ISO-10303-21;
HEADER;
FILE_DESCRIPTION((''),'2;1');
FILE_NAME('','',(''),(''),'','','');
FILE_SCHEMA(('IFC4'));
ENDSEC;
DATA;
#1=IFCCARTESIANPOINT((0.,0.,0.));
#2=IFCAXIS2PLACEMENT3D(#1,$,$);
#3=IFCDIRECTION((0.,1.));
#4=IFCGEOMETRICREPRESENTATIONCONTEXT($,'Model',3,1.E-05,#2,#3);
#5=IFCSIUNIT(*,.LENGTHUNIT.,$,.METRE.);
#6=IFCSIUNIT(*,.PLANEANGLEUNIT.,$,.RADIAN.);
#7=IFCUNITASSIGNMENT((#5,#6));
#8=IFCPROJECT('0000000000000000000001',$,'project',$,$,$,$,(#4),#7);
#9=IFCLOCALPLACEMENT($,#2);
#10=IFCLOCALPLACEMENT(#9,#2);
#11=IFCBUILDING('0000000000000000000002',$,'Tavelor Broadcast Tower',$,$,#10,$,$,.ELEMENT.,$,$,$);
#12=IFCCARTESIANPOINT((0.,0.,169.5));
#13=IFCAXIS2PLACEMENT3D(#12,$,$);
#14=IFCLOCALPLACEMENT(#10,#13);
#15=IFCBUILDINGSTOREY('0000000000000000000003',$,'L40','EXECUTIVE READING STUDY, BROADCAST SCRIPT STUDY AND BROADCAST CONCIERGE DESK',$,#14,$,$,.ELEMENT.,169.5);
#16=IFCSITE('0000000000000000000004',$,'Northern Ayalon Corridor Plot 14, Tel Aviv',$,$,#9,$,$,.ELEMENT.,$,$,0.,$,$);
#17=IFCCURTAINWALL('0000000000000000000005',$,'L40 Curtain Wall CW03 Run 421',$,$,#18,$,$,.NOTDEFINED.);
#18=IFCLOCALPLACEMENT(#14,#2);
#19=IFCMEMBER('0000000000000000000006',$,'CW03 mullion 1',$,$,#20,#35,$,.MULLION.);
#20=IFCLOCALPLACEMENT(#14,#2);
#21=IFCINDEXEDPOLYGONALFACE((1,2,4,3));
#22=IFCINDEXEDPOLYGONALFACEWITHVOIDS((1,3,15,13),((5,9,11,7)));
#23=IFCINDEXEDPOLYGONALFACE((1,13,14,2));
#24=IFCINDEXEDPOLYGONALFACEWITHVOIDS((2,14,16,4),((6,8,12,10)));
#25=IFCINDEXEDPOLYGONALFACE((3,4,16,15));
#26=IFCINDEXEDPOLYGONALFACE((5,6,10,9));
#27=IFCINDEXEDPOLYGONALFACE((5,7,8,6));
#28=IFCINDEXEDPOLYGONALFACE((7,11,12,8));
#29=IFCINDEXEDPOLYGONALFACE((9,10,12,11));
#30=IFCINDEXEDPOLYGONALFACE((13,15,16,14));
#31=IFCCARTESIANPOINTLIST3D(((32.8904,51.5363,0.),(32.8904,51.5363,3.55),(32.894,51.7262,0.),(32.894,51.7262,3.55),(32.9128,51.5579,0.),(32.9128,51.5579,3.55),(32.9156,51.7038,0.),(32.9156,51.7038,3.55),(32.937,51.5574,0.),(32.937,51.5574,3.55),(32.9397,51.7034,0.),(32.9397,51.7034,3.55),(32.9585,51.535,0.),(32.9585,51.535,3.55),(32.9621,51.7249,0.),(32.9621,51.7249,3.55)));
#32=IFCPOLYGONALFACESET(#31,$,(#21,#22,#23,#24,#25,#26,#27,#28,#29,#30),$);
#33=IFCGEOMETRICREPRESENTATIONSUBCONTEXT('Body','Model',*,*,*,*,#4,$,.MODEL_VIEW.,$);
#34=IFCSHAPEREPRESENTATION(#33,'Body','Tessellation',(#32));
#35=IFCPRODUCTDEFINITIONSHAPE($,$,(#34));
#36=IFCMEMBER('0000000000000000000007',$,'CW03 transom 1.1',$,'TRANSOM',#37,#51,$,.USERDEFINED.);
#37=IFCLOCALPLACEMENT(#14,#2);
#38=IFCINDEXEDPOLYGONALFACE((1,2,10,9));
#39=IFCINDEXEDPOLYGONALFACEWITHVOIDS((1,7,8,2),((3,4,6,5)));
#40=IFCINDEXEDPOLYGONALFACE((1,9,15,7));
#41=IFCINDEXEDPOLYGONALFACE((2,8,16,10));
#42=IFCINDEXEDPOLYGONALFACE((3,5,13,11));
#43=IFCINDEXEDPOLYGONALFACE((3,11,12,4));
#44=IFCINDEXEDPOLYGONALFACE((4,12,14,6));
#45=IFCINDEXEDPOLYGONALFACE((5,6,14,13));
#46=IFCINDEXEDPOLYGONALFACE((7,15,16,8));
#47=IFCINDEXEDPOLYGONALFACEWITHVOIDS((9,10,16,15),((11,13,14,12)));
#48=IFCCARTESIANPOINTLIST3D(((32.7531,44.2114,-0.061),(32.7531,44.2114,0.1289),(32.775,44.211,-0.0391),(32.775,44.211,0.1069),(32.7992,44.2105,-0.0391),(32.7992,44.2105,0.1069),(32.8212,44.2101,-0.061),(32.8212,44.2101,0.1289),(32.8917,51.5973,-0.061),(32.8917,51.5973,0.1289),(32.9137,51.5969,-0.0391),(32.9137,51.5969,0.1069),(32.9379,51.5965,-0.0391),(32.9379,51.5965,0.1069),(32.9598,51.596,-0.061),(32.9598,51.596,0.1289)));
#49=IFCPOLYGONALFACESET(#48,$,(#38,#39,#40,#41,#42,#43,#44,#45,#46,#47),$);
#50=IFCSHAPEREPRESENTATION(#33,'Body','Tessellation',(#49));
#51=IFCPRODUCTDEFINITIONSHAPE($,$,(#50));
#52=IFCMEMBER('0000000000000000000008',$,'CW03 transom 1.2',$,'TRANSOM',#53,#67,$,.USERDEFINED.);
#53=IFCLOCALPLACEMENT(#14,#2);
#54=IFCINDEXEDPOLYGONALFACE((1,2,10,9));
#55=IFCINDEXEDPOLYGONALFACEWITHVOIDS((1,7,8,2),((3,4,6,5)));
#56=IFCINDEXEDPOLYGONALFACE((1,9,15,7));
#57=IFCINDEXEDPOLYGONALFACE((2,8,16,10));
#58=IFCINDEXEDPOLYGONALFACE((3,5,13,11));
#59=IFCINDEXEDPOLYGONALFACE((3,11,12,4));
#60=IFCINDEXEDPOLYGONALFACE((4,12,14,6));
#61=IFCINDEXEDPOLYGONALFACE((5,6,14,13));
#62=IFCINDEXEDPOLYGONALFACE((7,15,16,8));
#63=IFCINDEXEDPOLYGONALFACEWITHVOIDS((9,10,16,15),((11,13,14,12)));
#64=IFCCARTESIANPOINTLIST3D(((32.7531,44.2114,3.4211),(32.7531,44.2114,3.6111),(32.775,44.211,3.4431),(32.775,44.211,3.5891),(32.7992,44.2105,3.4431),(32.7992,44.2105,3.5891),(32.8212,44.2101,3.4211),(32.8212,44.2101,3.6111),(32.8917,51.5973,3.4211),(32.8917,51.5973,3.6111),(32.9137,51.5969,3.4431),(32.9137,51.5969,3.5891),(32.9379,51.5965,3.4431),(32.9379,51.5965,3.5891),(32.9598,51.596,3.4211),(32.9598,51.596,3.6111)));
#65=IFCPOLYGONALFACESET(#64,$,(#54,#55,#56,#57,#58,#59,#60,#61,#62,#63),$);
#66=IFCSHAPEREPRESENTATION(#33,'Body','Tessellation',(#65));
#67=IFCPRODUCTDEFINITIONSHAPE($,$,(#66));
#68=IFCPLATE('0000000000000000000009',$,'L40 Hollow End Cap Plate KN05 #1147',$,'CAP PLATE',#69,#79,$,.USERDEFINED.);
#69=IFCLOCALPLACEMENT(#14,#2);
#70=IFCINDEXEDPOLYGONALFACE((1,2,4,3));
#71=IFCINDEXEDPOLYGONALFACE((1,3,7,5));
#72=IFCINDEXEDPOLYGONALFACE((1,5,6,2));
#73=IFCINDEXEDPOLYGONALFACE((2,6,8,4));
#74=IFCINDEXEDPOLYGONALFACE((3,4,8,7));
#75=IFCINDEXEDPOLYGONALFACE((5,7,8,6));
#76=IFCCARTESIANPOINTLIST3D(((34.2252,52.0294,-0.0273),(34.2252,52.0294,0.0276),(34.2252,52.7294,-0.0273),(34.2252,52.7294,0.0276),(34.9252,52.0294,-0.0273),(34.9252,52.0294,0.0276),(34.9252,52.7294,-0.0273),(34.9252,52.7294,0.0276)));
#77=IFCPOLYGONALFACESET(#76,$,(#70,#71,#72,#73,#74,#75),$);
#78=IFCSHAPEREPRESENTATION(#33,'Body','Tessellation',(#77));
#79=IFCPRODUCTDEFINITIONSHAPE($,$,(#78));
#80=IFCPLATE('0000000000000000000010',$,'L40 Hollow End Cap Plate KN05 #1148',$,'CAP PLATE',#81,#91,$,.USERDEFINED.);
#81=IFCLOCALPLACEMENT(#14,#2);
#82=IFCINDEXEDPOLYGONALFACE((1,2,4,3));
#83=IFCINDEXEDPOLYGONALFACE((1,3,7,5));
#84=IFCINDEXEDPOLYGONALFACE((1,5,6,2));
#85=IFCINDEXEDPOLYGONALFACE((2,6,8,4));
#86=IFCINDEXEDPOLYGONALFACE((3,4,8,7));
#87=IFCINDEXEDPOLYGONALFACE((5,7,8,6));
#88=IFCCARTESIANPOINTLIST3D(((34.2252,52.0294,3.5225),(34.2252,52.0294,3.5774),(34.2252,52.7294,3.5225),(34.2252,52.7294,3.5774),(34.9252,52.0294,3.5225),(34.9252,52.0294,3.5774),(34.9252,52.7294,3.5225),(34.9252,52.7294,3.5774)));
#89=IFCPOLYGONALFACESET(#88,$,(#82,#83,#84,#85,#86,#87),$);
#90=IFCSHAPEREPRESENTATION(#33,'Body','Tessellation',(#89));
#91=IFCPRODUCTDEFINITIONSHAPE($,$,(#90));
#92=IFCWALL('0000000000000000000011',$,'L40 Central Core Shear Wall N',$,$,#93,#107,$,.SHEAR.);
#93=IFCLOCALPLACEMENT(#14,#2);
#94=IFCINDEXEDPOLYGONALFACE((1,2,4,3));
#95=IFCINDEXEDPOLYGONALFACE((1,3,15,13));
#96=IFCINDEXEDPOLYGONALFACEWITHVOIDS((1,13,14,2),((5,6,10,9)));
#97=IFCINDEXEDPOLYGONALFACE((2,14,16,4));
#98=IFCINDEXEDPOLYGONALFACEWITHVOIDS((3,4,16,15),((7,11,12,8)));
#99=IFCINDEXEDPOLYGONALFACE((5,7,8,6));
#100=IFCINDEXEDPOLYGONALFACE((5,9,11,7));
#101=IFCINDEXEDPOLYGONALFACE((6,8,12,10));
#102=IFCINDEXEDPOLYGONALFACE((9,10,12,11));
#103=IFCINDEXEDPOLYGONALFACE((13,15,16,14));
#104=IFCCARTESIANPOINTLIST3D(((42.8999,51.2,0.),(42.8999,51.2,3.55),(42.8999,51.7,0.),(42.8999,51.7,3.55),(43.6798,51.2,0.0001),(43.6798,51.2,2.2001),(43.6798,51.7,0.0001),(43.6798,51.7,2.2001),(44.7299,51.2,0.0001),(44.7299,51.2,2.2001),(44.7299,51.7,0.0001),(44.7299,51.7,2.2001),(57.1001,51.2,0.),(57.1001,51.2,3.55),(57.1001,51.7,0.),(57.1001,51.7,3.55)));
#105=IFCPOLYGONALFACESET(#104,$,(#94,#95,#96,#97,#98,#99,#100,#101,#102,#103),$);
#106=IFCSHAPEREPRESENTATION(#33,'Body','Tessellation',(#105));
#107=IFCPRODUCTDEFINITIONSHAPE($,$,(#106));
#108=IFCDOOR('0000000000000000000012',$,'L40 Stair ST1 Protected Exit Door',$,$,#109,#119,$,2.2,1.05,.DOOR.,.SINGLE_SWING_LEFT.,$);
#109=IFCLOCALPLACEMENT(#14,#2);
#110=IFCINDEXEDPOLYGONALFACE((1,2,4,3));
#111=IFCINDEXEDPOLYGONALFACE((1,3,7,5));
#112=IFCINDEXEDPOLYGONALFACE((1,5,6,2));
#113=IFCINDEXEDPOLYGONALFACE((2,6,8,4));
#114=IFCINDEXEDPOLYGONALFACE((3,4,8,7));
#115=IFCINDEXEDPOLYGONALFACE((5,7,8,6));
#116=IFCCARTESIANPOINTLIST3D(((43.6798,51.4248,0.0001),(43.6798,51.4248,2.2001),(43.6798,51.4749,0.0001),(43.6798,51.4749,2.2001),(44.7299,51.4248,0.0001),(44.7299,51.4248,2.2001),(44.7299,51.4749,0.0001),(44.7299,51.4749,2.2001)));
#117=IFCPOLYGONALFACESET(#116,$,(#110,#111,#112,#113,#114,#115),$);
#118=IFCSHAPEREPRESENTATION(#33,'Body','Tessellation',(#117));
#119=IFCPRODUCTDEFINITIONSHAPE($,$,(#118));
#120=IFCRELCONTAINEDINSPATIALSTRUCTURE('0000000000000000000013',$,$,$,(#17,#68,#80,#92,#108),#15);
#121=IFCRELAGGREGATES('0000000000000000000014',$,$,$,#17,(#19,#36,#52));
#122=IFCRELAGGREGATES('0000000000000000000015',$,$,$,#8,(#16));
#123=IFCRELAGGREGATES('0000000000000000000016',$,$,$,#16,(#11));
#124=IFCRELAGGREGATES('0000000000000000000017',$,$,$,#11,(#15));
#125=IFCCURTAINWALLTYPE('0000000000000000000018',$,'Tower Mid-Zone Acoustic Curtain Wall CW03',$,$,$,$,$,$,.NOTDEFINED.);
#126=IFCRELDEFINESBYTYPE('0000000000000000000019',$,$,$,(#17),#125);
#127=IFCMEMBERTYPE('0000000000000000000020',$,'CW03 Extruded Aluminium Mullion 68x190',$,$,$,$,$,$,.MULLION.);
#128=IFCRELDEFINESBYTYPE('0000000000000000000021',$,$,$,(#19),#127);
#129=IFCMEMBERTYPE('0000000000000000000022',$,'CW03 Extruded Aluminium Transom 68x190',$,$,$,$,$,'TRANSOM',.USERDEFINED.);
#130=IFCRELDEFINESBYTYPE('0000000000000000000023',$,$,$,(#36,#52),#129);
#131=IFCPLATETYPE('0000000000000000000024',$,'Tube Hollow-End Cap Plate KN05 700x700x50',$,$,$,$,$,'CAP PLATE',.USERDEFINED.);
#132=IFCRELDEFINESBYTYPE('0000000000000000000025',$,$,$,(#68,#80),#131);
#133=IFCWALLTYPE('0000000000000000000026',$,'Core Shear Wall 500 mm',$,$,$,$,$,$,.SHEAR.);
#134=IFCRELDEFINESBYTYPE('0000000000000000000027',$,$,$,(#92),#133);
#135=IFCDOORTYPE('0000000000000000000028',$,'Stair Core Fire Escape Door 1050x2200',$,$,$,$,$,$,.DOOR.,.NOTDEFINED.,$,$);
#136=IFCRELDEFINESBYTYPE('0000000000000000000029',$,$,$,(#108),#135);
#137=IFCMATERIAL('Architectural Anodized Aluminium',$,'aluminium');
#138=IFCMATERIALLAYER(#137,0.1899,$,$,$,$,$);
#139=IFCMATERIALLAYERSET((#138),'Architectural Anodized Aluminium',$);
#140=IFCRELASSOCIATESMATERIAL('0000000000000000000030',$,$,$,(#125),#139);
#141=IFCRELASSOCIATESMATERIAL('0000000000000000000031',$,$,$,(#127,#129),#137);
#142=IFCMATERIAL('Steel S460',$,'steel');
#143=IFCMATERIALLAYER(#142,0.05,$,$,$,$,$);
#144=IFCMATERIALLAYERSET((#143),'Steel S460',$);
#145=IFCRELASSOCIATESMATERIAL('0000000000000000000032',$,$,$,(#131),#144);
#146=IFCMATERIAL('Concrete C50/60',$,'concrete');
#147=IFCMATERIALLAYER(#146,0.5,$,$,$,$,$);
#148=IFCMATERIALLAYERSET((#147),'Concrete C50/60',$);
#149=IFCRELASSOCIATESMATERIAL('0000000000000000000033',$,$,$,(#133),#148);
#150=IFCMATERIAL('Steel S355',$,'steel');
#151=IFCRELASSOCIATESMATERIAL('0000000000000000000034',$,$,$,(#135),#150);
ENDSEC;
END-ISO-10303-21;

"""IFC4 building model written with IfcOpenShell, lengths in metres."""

from ifc_helpers import new_model, si_unit, direction, frame, frame_2d, origin, origin_2d, place, context, subcontext, project, spatial, rectangle, hollow_rectangle, extrude, source, transform, mapped, material, layer, layer_set, material_profile, profile_set, type_object, type_shapes, element, fill, aggregate, save


model = new_model("IFC4")

# Units and contexts
model_context = context("Model", 3, precision=1e-05, world=origin(), true_north=direction((0.0, 1.0)))
body_context = subcontext(model_context, "Body", "Model", "MODEL_VIEW")
ifc_project = project(units=[si_unit("LENGTHUNIT", "METRE"), si_unit("PLANEANGLEUNIT", "RADIAN")], contexts=[model_context])

# Site, building, storey
site_placement = place(None, origin())
site = spatial("IfcSite", under=ifc_project, at=site_placement, Name="Northern Ayalon Corridor Plot 14, Tel Aviv", CompositionType="ELEMENT", RefElevation=0.0)
building_placement = place(site_placement, origin())
building = spatial("IfcBuilding", under=site, at=building_placement, Name="Tavelor Broadcast Tower", CompositionType="ELEMENT")
storey_placement = place(building_placement, frame((0.0, 0.0, 169.5)))
storey = spatial("IfcBuildingStorey", under=building, at=storey_placement, Name="L40", Description="EXECUTIVE READING STUDY, BROADCAST SCRIPT STUDY AND BROADCAST CONCIERGE DESK", CompositionType="ELEMENT", Elevation=169.5)

# Shared definitions
ifc_material_1 = material(Name="Steel S460", Category="steel")

# Shared definitions
ifc_material_2 = material(Name="Steel S355", Category="steel")

# Curtain wall, members
ifc_material_3 = material(Name="Architectural Anodized Aluminium", Category="aluminium")
ifc_layer_1 = layer(ifc_material_3, 0.1899)
ifc_layer_set_1 = layer_set([ifc_layer_1], Name="Architectural Anodized Aluminium")
curtain_wall_type = type_object("IfcCurtainWallType", Name="Tower Mid-Zone Acoustic Curtain Wall CW03", PredefinedType="NOTDEFINED", material=ifc_layer_set_1)
curtain_wall_placement = place(storey_placement, origin())
curtain_wall = element("IfcCurtainWall", 1, at=curtain_wall_placement, inside=storey, type_object=curtain_wall_type, Name="L40 Curtain Wall CW03 Run 421", PredefinedType="NOTDEFINED")
ifc_material_profile_1 = material_profile(ifc_material_3, hollow_rectangle(XDim=0.0681, YDim=0.1899, WallThickness=0.022, at=origin_2d()), Name="RHS 68x190x22")
ifc_profile_set_1 = profile_set([ifc_material_profile_1], Name="Architectural Anodized Aluminium")
member_type_1 = type_object("IfcMemberType", Name="CW03 Extruded Aluminium Mullion 68x190", PredefinedType="MULLION", material=ifc_profile_set_1)
shared_shape_1 = source(origin(), body_context, "Body", "SweptSolid", [
    extrude(hollow_rectangle(XDim=0.0681, YDim=0.1899, WallThickness=0.022, at=origin_2d()), origin(), (0.0, 0.0, 1.0), 3.55),
])
type_shapes(member_type_1, [shared_shape_1])
member_1_placement = place(storey_placement, frame((32.9263, 51.6306, 0.0), z_axis=(0.0, 0.0, 1.0), x_axis=(0.999824, -0.018768, 0.0)))
member_1 = element("IfcMember", 2, at=member_1_placement, type_object=member_type_1, Name="CW03 mullion 1", PredefinedType="MULLION", context=body_context, shape_type="MappedRepresentation", body=[
    mapped(shared_shape_1, transform((0.0, 0.0, 0.0), scale=1.0)),
])
ifc_material_profile_2 = material_profile(ifc_material_3, hollow_rectangle(XDim=0.0681, YDim=0.1899, WallThickness=0.022, at=origin_2d()), Name="RHS 68x190x22")
ifc_profile_set_2 = profile_set([ifc_material_profile_2], Name="Architectural Anodized Aluminium")
member_type_2 = type_object("IfcMemberType", Name="CW03 Extruded Aluminium Transom 68x190", ElementType="TRANSOM", PredefinedType="USERDEFINED", material=ifc_profile_set_2)
shared_shape_2 = source(origin(), body_context, "Body", "SweptSolid", [
    extrude(hollow_rectangle(XDim=0.0681, YDim=0.1899, WallThickness=0.022, at=origin_2d()), origin(), (0.0, 0.0, 1.0), 7.3872),
])
type_shapes(member_type_2, [shared_shape_2])
member_2_placement = place(storey_placement, frame((32.9258, 51.5967, 0.0339), z_axis=(-0.018772, -0.999824, 0.0), x_axis=(0.999824, -0.018772, 0.0)))
member_2 = element("IfcMember", 3, at=member_2_placement, type_object=member_type_2, Name="CW03 transom 1.1", ObjectType="TRANSOM", PredefinedType="USERDEFINED", context=body_context, shape_type="MappedRepresentation", body=[
    mapped(shared_shape_2, transform((0.0, 0.0, 0.0), scale=1.0)),
])
member_3_placement = place(storey_placement, frame((32.9258, 51.5967, 3.5161), z_axis=(-0.018772, -0.999824, 0.0), x_axis=(0.999824, -0.018772, 0.0)))
member_3 = element("IfcMember", 4, at=member_3_placement, type_object=member_type_2, Name="CW03 transom 1.2", ObjectType="TRANSOM", PredefinedType="USERDEFINED", context=body_context, shape_type="MappedRepresentation", body=[
    mapped(shared_shape_2, transform((0.0, 0.0, 0.0), scale=1.0)),
])
aggregate(curtain_wall, [member_1, member_2, member_3])

# Plates
ifc_layer_2 = layer(ifc_material_1, 0.05)
ifc_layer_set_2 = layer_set([ifc_layer_2], Name="Steel S460")
plate_type = type_object("IfcPlateType", Name="Tube Hollow-End Cap Plate KN05 700x700x50", ElementType="CAP PLATE", PredefinedType="USERDEFINED", material=ifc_layer_set_2)
shared_shape_3 = source(origin(), body_context, "Body", "SweptSolid", [
    extrude(rectangle(XDim=0.7, YDim=0.7, at=origin_2d()), origin(), (0.0, 0.0, 1.0), 0.0549),
])
type_shapes(plate_type, [shared_shape_3])
for number, where, z_axis, x_axis, name in (
    (5, (34.5752, 52.3794, -0.0273), (0.0, 0.0, 1.0), (1.0, 0.0, 0.0), "L40 Hollow End Cap Plate KN05 #1147"),
    (6, (34.5752, 52.3794, 3.5225), (0.0, 0.0, 1.0), (1.0, 0.0, 0.0), "L40 Hollow End Cap Plate KN05 #1148"),
):
    element("IfcPlate", number, at=place(storey_placement, frame(where, z_axis=z_axis, x_axis=x_axis)), inside=storey, type_object=plate_type, Name=name, ObjectType="CAP PLATE", PredefinedType="USERDEFINED", context=body_context, shape_type="MappedRepresentation", body=[
        mapped(shared_shape_3, transform((0.0, 0.0, 0.0), scale=1.0)),
    ])

# Wall, opening, door
ifc_material_4 = material(Name="Concrete C50/60", Category="concrete")
ifc_layer_3 = layer(ifc_material_4, 0.5)
ifc_layer_set_3 = layer_set([ifc_layer_3], Name="Concrete C50/60")
wall_type_1 = type_object("IfcWallType", Name="Core Shear Wall 500 mm", PredefinedType="SHEAR", material=ifc_layer_set_3)
wall_1_placement = place(storey_placement, frame((42.8999, 51.45, 0.0), z_axis=(0.0, 0.0, 1.0), x_axis=(1.0, 0.0, 0.0)))
wall_1 = element("IfcWall", 7, at=wall_1_placement, inside=storey, type_object=wall_type_1, Name="L40 Central Core Shear Wall N", PredefinedType="SHEAR", context=body_context, shape_type="SweptSolid", body=[
    extrude(rectangle(XDim=14.2002, YDim=0.5, at=frame_2d((7.1001, 0.0))), origin(), (0.0, 0.0, 1.0), 3.55),
])
opening_1_placement = place(wall_1_placement, frame((0.78, 0.0, 0.0)))
opening_1 = element("IfcOpeningElement", 8, at=opening_1_placement, cuts=wall_1, PredefinedType="OPENING", context=body_context, shape_type="SweptSolid", body=[
    extrude(rectangle(XDim=1.05, YDim=2.2, at=frame_2d((0.5249, 1.1001))), frame((0.0, 0.26, 0.0), z_axis=(0.0, -1.0, 0.0), x_axis=(1.0, 0.0, 0.0)), (0.0, 0.0, 1.0), 0.52),
])
door_type_1 = type_object("IfcDoorType", Name="Stair Core Fire Escape Door 1050x2200", OperationType="NOTDEFINED", PredefinedType="DOOR", material=ifc_material_2)
door_1_placement = place(opening_1_placement, origin())
door_1 = element("IfcDoor", 9, at=door_1_placement, inside=storey, type_object=door_type_1, Name="L40 Stair ST1 Protected Exit Door", OperationType="SINGLE_SWING_LEFT", OverallHeight=2.2, OverallWidth=1.05, PredefinedType="DOOR", context=body_context, shape_type="SweptSolid", body=[
    extrude(rectangle(XDim=1.05, YDim=2.2, at=frame_2d((0.5249, 1.1001))), frame((0.0, 0.0249, 0.0), z_axis=(0.0, -1.0, 0.0), x_axis=(1.0, 0.0, 0.0)), (0.0, 0.0, 1.0), 0.05),
])
fill(opening_1, door_1)

save(model, "model.ifc")
